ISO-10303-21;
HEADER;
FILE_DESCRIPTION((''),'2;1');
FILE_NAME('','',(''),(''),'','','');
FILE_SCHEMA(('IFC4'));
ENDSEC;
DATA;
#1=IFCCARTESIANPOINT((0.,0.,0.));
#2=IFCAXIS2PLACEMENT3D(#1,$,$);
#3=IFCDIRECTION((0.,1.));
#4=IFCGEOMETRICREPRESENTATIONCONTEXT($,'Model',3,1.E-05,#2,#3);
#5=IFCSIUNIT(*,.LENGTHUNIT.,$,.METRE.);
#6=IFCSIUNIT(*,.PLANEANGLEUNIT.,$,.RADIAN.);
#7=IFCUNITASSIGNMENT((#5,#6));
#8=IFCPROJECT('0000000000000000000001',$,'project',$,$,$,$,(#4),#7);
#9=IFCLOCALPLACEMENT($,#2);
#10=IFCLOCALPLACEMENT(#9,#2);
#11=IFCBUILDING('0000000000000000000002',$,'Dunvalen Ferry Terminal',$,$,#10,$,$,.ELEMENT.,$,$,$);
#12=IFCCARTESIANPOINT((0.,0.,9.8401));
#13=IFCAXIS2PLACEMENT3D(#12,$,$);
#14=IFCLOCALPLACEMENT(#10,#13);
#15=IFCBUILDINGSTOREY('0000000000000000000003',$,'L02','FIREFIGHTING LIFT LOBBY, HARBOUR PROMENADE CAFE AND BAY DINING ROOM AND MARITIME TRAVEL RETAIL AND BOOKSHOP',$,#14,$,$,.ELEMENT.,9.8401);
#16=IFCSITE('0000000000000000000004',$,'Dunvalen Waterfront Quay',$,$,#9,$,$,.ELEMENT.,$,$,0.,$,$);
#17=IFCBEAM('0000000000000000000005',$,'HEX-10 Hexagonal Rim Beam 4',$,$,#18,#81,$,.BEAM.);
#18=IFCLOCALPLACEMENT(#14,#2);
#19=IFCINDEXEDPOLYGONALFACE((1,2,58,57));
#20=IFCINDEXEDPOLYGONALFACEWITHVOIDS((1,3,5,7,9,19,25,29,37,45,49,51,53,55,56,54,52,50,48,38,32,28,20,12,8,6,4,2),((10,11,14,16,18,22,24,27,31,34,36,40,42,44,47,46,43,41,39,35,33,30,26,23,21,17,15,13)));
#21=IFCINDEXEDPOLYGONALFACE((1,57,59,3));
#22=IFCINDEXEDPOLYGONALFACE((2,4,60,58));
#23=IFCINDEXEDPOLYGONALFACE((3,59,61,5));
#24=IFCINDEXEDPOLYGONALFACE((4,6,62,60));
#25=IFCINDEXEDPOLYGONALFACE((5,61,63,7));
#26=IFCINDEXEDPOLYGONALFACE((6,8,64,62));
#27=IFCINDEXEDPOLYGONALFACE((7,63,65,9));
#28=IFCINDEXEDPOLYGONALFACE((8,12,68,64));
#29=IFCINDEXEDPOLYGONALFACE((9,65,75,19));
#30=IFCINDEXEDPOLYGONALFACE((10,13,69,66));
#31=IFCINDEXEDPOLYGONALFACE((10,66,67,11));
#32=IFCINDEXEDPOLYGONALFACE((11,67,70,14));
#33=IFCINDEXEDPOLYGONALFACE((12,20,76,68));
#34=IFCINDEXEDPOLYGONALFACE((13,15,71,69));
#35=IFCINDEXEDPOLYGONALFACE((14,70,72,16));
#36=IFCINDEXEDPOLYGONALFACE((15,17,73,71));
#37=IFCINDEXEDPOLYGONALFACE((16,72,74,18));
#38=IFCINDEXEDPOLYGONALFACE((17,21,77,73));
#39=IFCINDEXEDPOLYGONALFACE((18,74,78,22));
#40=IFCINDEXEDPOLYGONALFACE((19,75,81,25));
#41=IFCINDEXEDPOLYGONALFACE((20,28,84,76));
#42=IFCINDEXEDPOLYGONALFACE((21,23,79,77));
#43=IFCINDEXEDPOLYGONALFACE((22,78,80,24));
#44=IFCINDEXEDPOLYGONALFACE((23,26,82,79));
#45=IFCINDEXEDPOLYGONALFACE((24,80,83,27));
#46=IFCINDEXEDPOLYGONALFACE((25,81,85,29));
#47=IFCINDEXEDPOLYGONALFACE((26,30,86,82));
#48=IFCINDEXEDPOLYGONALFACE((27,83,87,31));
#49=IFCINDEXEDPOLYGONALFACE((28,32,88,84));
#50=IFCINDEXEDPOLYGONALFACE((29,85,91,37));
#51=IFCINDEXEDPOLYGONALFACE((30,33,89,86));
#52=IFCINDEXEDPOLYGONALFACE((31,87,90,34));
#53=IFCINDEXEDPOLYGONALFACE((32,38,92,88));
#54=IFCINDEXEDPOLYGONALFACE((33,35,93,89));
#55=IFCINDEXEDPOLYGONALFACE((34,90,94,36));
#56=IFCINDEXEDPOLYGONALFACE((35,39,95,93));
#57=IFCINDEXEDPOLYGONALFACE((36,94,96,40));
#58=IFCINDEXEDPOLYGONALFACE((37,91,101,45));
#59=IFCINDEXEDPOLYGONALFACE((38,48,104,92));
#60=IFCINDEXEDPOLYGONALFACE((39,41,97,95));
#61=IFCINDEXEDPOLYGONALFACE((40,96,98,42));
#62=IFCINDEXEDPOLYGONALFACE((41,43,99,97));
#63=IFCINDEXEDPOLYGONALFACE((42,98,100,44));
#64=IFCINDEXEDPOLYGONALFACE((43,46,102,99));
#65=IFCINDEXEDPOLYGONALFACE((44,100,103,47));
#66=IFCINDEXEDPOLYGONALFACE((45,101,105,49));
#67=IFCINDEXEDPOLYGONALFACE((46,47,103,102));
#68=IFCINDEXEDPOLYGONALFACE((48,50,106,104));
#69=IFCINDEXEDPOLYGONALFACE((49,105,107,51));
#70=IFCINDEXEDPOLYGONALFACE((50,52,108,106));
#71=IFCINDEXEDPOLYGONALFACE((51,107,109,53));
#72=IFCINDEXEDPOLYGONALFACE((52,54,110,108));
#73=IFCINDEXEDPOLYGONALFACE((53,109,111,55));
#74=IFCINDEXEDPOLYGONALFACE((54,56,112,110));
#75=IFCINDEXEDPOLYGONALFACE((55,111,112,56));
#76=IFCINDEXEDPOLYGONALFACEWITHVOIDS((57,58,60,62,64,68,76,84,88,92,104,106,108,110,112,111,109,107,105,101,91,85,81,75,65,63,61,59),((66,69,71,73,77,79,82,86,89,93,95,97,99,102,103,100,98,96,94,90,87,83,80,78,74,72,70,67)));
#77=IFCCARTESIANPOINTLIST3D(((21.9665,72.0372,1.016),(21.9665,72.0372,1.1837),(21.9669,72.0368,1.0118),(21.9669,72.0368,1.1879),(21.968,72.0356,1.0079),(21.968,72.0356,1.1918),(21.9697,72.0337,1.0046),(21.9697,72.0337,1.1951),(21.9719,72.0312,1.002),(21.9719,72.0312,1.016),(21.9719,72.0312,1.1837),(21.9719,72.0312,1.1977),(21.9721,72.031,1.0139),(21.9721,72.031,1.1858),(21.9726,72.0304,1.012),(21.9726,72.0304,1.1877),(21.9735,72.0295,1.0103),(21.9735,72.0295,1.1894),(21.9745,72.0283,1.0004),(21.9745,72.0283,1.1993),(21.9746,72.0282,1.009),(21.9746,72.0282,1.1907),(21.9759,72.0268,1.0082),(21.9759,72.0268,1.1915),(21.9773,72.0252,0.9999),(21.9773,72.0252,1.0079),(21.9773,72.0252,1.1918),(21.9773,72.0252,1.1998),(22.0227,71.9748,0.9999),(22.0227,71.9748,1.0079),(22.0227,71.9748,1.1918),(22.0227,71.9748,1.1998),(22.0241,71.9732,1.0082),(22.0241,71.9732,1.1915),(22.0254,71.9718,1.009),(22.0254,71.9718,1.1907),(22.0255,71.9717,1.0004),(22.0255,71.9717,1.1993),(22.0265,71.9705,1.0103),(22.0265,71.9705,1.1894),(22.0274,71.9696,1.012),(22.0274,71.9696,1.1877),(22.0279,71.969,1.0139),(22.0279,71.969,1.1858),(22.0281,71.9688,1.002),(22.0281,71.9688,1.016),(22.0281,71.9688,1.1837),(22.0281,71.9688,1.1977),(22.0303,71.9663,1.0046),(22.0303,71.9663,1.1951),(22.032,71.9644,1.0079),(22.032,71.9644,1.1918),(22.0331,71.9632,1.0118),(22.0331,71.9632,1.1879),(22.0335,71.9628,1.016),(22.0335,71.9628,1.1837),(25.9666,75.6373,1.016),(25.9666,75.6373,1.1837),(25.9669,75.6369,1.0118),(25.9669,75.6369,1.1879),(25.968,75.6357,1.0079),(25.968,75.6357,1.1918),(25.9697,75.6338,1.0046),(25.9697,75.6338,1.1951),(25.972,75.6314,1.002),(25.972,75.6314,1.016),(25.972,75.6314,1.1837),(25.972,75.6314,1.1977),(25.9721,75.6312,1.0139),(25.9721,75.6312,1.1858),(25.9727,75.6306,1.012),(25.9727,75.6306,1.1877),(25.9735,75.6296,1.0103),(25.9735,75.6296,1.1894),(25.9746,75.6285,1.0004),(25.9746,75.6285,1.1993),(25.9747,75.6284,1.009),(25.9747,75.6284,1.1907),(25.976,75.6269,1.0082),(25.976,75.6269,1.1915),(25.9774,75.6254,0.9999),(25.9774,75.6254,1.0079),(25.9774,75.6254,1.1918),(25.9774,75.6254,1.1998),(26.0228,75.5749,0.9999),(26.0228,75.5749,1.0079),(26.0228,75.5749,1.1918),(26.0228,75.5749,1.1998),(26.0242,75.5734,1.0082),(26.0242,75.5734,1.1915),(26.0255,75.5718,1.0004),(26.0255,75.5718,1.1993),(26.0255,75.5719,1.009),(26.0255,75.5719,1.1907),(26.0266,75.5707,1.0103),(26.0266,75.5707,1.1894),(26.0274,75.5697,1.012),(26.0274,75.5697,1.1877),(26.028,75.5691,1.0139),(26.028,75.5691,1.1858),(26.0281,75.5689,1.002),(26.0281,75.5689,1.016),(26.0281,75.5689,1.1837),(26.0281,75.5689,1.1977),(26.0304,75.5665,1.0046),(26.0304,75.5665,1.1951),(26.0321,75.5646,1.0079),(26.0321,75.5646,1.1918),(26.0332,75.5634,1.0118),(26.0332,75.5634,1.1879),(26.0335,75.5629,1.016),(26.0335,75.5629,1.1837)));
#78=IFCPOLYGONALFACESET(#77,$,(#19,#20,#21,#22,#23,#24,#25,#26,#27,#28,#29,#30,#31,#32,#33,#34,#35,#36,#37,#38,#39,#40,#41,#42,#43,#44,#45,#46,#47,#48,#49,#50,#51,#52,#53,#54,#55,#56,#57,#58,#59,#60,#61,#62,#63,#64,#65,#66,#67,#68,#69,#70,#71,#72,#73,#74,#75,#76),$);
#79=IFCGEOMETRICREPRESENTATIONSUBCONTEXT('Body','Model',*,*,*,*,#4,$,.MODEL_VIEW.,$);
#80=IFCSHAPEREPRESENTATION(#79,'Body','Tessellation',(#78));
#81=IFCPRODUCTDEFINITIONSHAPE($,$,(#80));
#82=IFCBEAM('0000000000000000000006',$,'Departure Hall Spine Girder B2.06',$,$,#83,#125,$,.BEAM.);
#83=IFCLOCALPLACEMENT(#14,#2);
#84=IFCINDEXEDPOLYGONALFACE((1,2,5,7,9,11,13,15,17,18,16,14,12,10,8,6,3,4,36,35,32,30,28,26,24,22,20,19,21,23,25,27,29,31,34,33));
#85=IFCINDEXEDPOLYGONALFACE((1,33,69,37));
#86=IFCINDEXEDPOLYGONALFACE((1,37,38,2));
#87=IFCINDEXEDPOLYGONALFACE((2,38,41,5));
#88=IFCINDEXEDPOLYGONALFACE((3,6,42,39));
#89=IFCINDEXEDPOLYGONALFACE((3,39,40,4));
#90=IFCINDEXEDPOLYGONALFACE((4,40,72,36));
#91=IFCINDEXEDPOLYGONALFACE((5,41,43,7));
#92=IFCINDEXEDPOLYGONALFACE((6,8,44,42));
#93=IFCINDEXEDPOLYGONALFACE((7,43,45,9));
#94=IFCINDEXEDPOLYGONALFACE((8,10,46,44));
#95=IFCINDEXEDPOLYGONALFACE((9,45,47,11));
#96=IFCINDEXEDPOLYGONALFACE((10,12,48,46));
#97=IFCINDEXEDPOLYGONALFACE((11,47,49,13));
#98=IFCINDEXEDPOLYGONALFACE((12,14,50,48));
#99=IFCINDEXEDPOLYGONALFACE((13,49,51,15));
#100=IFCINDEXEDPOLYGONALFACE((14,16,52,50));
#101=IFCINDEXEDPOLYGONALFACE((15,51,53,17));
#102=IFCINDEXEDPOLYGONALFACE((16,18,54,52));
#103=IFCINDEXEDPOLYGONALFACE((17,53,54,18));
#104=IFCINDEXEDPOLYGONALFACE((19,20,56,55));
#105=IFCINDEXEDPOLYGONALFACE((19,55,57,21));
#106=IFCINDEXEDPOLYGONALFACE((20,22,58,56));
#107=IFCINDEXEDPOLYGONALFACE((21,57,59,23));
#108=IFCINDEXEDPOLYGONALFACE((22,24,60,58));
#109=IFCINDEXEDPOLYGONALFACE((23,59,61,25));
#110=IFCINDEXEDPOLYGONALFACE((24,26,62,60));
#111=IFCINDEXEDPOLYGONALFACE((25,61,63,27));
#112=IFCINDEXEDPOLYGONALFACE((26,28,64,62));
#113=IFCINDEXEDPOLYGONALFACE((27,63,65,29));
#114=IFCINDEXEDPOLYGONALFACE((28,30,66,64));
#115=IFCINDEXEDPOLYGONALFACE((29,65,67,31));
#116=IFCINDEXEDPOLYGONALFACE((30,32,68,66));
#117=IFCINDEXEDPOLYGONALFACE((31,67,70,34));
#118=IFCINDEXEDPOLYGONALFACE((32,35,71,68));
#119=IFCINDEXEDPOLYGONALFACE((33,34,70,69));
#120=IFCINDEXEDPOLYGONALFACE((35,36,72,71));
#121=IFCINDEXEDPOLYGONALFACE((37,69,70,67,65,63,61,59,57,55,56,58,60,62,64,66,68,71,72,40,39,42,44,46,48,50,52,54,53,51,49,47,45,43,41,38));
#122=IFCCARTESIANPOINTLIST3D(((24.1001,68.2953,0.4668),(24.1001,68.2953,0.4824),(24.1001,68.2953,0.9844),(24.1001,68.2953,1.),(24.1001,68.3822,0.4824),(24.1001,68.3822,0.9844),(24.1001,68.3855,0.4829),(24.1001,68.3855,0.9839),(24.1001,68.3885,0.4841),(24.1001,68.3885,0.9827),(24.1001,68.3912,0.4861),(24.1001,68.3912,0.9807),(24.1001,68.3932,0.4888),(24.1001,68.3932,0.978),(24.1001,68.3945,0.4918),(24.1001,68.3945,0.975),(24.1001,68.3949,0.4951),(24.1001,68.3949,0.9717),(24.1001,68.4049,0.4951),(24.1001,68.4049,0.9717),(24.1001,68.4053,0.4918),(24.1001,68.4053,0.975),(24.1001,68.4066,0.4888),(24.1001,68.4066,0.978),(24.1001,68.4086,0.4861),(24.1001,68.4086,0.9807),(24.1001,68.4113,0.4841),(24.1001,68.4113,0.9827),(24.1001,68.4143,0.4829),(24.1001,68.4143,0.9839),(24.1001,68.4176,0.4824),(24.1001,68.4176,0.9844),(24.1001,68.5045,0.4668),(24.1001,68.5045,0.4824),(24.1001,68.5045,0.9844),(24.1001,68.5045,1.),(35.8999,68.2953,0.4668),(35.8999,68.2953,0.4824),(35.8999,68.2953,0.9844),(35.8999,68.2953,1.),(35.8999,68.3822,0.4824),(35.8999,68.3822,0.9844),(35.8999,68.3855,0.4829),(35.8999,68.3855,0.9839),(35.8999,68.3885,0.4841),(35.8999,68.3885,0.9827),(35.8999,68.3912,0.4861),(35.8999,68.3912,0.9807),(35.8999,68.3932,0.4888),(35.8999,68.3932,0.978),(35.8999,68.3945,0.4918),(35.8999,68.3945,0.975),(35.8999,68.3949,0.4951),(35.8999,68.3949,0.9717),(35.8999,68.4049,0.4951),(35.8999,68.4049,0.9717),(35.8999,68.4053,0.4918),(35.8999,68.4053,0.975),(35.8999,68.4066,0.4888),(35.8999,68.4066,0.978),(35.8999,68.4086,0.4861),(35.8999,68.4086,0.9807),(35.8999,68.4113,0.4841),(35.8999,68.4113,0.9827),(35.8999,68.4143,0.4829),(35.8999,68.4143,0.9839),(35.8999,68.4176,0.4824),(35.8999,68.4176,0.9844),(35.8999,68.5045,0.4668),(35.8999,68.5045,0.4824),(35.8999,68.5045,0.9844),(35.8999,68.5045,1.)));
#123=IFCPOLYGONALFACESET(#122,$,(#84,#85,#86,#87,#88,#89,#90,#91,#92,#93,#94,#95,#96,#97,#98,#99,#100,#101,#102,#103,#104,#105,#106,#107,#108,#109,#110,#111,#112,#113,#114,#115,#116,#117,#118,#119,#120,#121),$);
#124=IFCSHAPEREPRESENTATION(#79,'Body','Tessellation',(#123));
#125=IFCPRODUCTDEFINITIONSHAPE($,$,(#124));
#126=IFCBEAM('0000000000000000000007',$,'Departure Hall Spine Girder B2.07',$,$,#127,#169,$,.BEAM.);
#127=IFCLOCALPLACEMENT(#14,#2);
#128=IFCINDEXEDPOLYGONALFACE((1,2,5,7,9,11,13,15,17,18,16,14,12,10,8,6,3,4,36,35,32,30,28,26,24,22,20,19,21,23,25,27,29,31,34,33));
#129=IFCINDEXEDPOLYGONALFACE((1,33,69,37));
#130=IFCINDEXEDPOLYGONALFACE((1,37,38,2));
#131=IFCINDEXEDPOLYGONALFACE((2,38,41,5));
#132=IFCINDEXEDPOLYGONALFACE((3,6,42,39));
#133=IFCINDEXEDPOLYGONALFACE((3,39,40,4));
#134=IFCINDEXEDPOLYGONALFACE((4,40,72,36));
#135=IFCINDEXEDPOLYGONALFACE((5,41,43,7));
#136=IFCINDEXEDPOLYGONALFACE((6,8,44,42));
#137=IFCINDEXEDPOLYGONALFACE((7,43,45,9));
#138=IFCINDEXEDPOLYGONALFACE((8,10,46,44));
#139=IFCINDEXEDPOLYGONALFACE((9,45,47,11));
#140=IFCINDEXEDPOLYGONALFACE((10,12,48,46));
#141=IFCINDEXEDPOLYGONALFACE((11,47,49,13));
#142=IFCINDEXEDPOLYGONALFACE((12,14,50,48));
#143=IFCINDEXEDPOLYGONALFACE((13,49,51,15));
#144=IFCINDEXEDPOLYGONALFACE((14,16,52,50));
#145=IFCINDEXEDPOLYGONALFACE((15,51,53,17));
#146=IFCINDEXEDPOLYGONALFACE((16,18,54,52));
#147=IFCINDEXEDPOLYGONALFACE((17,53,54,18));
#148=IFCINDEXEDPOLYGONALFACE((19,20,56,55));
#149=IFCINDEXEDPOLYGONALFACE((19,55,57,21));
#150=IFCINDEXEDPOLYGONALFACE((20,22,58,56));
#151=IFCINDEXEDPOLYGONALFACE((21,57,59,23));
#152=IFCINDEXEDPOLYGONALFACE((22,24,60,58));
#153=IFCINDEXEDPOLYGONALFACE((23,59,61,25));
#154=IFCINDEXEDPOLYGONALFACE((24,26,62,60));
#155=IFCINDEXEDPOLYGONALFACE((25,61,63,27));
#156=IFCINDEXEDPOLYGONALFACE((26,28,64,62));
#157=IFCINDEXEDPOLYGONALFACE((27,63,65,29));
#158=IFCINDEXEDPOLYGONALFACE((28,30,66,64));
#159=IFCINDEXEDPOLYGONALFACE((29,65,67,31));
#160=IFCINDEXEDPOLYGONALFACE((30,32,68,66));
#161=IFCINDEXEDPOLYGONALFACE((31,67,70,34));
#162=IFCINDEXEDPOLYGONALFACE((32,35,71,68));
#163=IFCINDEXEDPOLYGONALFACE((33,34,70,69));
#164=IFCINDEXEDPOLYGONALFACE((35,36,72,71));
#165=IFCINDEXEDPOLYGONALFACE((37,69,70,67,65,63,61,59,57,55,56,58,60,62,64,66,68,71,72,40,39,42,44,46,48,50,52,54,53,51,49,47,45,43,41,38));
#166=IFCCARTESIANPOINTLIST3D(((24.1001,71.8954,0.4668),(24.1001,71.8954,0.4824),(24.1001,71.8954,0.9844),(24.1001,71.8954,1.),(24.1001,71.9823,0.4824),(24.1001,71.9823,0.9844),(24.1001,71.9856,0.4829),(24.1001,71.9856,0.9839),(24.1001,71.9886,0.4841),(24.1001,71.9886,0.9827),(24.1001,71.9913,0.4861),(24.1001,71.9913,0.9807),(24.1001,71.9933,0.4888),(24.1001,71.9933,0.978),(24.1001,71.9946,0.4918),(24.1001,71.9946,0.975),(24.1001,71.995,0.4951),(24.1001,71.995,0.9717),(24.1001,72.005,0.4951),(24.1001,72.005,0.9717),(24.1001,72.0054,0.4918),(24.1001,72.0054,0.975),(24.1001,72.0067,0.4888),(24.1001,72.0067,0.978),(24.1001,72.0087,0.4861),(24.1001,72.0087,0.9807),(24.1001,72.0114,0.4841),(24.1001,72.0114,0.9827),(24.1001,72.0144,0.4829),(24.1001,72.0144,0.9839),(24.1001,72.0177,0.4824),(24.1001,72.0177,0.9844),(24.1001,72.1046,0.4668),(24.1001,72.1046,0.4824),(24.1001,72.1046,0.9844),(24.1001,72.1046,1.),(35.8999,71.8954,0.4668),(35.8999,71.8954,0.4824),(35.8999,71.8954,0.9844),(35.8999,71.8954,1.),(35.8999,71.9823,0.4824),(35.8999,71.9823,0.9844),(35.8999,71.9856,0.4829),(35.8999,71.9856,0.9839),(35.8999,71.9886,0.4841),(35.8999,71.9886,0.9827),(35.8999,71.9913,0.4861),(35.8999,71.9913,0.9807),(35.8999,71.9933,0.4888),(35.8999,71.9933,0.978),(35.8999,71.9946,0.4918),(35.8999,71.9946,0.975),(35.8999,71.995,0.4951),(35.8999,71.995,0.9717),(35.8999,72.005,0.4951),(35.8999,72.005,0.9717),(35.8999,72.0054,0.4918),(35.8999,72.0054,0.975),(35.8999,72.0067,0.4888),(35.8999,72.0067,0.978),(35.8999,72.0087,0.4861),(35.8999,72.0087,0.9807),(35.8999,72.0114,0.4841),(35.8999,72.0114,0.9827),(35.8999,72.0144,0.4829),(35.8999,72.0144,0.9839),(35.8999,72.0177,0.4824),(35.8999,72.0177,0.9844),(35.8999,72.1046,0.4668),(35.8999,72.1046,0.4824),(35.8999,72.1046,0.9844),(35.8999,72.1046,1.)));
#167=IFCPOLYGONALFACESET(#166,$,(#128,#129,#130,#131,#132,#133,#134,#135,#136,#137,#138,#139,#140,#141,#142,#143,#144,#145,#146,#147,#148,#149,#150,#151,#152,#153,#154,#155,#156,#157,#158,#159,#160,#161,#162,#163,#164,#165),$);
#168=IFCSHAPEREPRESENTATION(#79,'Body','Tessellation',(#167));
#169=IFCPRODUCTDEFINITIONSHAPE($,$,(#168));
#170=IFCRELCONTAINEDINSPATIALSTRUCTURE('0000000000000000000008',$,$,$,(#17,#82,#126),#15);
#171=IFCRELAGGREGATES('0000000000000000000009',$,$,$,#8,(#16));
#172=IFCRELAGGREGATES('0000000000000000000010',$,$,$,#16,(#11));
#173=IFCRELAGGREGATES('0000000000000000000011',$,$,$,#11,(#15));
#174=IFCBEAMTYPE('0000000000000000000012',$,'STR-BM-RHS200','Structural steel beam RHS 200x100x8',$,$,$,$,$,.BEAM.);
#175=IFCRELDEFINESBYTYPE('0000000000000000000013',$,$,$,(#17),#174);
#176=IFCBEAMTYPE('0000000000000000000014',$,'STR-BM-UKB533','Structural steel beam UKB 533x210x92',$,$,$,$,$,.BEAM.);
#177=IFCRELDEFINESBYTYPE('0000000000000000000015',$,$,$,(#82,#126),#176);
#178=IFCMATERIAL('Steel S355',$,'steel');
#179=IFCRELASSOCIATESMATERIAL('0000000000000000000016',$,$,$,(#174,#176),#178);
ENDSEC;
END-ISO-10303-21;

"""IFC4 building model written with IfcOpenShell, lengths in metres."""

from ifc_helpers import new_model, si_unit, direction, frame, origin, origin_2d, place, context, subcontext, project, spatial, hollow_rectangle, i_section, extrude, material, material_profile, profile_set, type_object, element, save


model = new_model("IFC4")

# Units and contexts
model_context = context("Model", 3, precision=1e-05, world=origin(), true_north=direction((0.0, 1.0)))
body_context = subcontext(model_context, "Body", "Model", "MODEL_VIEW")
ifc_project = project(units=[si_unit("LENGTHUNIT", "METRE"), si_unit("PLANEANGLEUNIT", "RADIAN")], contexts=[model_context])

# Site, building, storey
site_placement = place(None, origin())
site = spatial("IfcSite", under=ifc_project, at=site_placement, Name="Dunvalen Waterfront Quay", CompositionType="ELEMENT", RefElevation=0.0)
building_placement = place(site_placement, origin())
building = spatial("IfcBuilding", under=site, at=building_placement, Name="Dunvalen Ferry Terminal", CompositionType="ELEMENT")
storey_placement = place(building_placement, frame((0.0, 0.0, 9.8401)))
storey = spatial("IfcBuildingStorey", under=building, at=storey_placement, Name="L02", Description="FIREFIGHTING LIFT LOBBY, HARBOUR PROMENADE CAFE AND BAY DINING ROOM AND MARITIME TRAVEL RETAIL AND BOOKSHOP", CompositionType="ELEMENT", Elevation=9.8401)

# Beams
ifc_material_1 = material(Name="Steel S355", Category="steel")
ifc_material_profile_1 = material_profile(ifc_material_1, hollow_rectangle(XDim=0.1001, YDim=0.2, WallThickness=0.0081, InnerFilletRadius=0.0081, OuterFilletRadius=0.0161, at=origin_2d()), Name="Steel S355")
ifc_profile_set_1 = profile_set([ifc_material_profile_1], Name="Steel S355")
beam_type_1 = type_object("IfcBeamType", Name="STR-BM-RHS200", Description="Structural steel beam RHS 200x100x8", PredefinedType="BEAM", material=ifc_profile_set_1)
beam_1_placement = place(storey_placement, frame((22.0, 72.0, 1.0999), z_axis=(0.743285, 0.668975, 0.0), x_axis=(-0.668975, 0.743285, 0.0)))
element("IfcBeam", 1, at=beam_1_placement, inside=storey, type_object=beam_type_1, Name="HEX-10 Hexagonal Rim Beam 4", PredefinedType="BEAM", context=body_context, shape_type="SweptSolid", body=[
    extrude(hollow_rectangle(XDim=0.1001, YDim=0.2, WallThickness=0.0081, InnerFilletRadius=0.0081, OuterFilletRadius=0.0161, at=origin_2d()), origin(), (0.0, 0.0, 1.0), 5.3816),
])
ifc_material_profile_2 = material_profile(ifc_material_1, i_section(OverallWidth=0.2092, OverallDepth=0.5332, WebThickness=0.01, FlangeThickness=0.0156, FilletRadius=0.0127, at=origin_2d()), Name="Steel S355")
ifc_profile_set_2 = profile_set([ifc_material_profile_2], Name="Steel S355")
beam_type_2 = type_object("IfcBeamType", Name="STR-BM-UKB533", Description="Structural steel beam UKB 533x210x92", PredefinedType="BEAM", material=ifc_profile_set_2)
for number, where, z_axis, x_axis, name in (
    (2, (24.1001, 68.3999, 0.7334), (1.0, 0.0, 0.0), (0.0, 1.0, 0.0), "Departure Hall Spine Girder B2.06"),
    (3, (24.1001, 72.0, 0.7334), (1.0, 0.0, 0.0), (0.0, 1.0, 0.0), "Departure Hall Spine Girder B2.07"),
):
    element("IfcBeam", number, at=place(storey_placement, frame(where, z_axis=z_axis, x_axis=x_axis)), inside=storey, type_object=beam_type_2, Name=name, PredefinedType="BEAM", context=body_context, shape_type="SweptSolid", body=[
        extrude(i_section(OverallWidth=0.2092, OverallDepth=0.5332, WebThickness=0.01, FlangeThickness=0.0156, FilletRadius=0.0127, at=origin_2d()), origin(), (0.0, 0.0, 1.0), 11.7998),
    ])

save(model, "model.ifc")
